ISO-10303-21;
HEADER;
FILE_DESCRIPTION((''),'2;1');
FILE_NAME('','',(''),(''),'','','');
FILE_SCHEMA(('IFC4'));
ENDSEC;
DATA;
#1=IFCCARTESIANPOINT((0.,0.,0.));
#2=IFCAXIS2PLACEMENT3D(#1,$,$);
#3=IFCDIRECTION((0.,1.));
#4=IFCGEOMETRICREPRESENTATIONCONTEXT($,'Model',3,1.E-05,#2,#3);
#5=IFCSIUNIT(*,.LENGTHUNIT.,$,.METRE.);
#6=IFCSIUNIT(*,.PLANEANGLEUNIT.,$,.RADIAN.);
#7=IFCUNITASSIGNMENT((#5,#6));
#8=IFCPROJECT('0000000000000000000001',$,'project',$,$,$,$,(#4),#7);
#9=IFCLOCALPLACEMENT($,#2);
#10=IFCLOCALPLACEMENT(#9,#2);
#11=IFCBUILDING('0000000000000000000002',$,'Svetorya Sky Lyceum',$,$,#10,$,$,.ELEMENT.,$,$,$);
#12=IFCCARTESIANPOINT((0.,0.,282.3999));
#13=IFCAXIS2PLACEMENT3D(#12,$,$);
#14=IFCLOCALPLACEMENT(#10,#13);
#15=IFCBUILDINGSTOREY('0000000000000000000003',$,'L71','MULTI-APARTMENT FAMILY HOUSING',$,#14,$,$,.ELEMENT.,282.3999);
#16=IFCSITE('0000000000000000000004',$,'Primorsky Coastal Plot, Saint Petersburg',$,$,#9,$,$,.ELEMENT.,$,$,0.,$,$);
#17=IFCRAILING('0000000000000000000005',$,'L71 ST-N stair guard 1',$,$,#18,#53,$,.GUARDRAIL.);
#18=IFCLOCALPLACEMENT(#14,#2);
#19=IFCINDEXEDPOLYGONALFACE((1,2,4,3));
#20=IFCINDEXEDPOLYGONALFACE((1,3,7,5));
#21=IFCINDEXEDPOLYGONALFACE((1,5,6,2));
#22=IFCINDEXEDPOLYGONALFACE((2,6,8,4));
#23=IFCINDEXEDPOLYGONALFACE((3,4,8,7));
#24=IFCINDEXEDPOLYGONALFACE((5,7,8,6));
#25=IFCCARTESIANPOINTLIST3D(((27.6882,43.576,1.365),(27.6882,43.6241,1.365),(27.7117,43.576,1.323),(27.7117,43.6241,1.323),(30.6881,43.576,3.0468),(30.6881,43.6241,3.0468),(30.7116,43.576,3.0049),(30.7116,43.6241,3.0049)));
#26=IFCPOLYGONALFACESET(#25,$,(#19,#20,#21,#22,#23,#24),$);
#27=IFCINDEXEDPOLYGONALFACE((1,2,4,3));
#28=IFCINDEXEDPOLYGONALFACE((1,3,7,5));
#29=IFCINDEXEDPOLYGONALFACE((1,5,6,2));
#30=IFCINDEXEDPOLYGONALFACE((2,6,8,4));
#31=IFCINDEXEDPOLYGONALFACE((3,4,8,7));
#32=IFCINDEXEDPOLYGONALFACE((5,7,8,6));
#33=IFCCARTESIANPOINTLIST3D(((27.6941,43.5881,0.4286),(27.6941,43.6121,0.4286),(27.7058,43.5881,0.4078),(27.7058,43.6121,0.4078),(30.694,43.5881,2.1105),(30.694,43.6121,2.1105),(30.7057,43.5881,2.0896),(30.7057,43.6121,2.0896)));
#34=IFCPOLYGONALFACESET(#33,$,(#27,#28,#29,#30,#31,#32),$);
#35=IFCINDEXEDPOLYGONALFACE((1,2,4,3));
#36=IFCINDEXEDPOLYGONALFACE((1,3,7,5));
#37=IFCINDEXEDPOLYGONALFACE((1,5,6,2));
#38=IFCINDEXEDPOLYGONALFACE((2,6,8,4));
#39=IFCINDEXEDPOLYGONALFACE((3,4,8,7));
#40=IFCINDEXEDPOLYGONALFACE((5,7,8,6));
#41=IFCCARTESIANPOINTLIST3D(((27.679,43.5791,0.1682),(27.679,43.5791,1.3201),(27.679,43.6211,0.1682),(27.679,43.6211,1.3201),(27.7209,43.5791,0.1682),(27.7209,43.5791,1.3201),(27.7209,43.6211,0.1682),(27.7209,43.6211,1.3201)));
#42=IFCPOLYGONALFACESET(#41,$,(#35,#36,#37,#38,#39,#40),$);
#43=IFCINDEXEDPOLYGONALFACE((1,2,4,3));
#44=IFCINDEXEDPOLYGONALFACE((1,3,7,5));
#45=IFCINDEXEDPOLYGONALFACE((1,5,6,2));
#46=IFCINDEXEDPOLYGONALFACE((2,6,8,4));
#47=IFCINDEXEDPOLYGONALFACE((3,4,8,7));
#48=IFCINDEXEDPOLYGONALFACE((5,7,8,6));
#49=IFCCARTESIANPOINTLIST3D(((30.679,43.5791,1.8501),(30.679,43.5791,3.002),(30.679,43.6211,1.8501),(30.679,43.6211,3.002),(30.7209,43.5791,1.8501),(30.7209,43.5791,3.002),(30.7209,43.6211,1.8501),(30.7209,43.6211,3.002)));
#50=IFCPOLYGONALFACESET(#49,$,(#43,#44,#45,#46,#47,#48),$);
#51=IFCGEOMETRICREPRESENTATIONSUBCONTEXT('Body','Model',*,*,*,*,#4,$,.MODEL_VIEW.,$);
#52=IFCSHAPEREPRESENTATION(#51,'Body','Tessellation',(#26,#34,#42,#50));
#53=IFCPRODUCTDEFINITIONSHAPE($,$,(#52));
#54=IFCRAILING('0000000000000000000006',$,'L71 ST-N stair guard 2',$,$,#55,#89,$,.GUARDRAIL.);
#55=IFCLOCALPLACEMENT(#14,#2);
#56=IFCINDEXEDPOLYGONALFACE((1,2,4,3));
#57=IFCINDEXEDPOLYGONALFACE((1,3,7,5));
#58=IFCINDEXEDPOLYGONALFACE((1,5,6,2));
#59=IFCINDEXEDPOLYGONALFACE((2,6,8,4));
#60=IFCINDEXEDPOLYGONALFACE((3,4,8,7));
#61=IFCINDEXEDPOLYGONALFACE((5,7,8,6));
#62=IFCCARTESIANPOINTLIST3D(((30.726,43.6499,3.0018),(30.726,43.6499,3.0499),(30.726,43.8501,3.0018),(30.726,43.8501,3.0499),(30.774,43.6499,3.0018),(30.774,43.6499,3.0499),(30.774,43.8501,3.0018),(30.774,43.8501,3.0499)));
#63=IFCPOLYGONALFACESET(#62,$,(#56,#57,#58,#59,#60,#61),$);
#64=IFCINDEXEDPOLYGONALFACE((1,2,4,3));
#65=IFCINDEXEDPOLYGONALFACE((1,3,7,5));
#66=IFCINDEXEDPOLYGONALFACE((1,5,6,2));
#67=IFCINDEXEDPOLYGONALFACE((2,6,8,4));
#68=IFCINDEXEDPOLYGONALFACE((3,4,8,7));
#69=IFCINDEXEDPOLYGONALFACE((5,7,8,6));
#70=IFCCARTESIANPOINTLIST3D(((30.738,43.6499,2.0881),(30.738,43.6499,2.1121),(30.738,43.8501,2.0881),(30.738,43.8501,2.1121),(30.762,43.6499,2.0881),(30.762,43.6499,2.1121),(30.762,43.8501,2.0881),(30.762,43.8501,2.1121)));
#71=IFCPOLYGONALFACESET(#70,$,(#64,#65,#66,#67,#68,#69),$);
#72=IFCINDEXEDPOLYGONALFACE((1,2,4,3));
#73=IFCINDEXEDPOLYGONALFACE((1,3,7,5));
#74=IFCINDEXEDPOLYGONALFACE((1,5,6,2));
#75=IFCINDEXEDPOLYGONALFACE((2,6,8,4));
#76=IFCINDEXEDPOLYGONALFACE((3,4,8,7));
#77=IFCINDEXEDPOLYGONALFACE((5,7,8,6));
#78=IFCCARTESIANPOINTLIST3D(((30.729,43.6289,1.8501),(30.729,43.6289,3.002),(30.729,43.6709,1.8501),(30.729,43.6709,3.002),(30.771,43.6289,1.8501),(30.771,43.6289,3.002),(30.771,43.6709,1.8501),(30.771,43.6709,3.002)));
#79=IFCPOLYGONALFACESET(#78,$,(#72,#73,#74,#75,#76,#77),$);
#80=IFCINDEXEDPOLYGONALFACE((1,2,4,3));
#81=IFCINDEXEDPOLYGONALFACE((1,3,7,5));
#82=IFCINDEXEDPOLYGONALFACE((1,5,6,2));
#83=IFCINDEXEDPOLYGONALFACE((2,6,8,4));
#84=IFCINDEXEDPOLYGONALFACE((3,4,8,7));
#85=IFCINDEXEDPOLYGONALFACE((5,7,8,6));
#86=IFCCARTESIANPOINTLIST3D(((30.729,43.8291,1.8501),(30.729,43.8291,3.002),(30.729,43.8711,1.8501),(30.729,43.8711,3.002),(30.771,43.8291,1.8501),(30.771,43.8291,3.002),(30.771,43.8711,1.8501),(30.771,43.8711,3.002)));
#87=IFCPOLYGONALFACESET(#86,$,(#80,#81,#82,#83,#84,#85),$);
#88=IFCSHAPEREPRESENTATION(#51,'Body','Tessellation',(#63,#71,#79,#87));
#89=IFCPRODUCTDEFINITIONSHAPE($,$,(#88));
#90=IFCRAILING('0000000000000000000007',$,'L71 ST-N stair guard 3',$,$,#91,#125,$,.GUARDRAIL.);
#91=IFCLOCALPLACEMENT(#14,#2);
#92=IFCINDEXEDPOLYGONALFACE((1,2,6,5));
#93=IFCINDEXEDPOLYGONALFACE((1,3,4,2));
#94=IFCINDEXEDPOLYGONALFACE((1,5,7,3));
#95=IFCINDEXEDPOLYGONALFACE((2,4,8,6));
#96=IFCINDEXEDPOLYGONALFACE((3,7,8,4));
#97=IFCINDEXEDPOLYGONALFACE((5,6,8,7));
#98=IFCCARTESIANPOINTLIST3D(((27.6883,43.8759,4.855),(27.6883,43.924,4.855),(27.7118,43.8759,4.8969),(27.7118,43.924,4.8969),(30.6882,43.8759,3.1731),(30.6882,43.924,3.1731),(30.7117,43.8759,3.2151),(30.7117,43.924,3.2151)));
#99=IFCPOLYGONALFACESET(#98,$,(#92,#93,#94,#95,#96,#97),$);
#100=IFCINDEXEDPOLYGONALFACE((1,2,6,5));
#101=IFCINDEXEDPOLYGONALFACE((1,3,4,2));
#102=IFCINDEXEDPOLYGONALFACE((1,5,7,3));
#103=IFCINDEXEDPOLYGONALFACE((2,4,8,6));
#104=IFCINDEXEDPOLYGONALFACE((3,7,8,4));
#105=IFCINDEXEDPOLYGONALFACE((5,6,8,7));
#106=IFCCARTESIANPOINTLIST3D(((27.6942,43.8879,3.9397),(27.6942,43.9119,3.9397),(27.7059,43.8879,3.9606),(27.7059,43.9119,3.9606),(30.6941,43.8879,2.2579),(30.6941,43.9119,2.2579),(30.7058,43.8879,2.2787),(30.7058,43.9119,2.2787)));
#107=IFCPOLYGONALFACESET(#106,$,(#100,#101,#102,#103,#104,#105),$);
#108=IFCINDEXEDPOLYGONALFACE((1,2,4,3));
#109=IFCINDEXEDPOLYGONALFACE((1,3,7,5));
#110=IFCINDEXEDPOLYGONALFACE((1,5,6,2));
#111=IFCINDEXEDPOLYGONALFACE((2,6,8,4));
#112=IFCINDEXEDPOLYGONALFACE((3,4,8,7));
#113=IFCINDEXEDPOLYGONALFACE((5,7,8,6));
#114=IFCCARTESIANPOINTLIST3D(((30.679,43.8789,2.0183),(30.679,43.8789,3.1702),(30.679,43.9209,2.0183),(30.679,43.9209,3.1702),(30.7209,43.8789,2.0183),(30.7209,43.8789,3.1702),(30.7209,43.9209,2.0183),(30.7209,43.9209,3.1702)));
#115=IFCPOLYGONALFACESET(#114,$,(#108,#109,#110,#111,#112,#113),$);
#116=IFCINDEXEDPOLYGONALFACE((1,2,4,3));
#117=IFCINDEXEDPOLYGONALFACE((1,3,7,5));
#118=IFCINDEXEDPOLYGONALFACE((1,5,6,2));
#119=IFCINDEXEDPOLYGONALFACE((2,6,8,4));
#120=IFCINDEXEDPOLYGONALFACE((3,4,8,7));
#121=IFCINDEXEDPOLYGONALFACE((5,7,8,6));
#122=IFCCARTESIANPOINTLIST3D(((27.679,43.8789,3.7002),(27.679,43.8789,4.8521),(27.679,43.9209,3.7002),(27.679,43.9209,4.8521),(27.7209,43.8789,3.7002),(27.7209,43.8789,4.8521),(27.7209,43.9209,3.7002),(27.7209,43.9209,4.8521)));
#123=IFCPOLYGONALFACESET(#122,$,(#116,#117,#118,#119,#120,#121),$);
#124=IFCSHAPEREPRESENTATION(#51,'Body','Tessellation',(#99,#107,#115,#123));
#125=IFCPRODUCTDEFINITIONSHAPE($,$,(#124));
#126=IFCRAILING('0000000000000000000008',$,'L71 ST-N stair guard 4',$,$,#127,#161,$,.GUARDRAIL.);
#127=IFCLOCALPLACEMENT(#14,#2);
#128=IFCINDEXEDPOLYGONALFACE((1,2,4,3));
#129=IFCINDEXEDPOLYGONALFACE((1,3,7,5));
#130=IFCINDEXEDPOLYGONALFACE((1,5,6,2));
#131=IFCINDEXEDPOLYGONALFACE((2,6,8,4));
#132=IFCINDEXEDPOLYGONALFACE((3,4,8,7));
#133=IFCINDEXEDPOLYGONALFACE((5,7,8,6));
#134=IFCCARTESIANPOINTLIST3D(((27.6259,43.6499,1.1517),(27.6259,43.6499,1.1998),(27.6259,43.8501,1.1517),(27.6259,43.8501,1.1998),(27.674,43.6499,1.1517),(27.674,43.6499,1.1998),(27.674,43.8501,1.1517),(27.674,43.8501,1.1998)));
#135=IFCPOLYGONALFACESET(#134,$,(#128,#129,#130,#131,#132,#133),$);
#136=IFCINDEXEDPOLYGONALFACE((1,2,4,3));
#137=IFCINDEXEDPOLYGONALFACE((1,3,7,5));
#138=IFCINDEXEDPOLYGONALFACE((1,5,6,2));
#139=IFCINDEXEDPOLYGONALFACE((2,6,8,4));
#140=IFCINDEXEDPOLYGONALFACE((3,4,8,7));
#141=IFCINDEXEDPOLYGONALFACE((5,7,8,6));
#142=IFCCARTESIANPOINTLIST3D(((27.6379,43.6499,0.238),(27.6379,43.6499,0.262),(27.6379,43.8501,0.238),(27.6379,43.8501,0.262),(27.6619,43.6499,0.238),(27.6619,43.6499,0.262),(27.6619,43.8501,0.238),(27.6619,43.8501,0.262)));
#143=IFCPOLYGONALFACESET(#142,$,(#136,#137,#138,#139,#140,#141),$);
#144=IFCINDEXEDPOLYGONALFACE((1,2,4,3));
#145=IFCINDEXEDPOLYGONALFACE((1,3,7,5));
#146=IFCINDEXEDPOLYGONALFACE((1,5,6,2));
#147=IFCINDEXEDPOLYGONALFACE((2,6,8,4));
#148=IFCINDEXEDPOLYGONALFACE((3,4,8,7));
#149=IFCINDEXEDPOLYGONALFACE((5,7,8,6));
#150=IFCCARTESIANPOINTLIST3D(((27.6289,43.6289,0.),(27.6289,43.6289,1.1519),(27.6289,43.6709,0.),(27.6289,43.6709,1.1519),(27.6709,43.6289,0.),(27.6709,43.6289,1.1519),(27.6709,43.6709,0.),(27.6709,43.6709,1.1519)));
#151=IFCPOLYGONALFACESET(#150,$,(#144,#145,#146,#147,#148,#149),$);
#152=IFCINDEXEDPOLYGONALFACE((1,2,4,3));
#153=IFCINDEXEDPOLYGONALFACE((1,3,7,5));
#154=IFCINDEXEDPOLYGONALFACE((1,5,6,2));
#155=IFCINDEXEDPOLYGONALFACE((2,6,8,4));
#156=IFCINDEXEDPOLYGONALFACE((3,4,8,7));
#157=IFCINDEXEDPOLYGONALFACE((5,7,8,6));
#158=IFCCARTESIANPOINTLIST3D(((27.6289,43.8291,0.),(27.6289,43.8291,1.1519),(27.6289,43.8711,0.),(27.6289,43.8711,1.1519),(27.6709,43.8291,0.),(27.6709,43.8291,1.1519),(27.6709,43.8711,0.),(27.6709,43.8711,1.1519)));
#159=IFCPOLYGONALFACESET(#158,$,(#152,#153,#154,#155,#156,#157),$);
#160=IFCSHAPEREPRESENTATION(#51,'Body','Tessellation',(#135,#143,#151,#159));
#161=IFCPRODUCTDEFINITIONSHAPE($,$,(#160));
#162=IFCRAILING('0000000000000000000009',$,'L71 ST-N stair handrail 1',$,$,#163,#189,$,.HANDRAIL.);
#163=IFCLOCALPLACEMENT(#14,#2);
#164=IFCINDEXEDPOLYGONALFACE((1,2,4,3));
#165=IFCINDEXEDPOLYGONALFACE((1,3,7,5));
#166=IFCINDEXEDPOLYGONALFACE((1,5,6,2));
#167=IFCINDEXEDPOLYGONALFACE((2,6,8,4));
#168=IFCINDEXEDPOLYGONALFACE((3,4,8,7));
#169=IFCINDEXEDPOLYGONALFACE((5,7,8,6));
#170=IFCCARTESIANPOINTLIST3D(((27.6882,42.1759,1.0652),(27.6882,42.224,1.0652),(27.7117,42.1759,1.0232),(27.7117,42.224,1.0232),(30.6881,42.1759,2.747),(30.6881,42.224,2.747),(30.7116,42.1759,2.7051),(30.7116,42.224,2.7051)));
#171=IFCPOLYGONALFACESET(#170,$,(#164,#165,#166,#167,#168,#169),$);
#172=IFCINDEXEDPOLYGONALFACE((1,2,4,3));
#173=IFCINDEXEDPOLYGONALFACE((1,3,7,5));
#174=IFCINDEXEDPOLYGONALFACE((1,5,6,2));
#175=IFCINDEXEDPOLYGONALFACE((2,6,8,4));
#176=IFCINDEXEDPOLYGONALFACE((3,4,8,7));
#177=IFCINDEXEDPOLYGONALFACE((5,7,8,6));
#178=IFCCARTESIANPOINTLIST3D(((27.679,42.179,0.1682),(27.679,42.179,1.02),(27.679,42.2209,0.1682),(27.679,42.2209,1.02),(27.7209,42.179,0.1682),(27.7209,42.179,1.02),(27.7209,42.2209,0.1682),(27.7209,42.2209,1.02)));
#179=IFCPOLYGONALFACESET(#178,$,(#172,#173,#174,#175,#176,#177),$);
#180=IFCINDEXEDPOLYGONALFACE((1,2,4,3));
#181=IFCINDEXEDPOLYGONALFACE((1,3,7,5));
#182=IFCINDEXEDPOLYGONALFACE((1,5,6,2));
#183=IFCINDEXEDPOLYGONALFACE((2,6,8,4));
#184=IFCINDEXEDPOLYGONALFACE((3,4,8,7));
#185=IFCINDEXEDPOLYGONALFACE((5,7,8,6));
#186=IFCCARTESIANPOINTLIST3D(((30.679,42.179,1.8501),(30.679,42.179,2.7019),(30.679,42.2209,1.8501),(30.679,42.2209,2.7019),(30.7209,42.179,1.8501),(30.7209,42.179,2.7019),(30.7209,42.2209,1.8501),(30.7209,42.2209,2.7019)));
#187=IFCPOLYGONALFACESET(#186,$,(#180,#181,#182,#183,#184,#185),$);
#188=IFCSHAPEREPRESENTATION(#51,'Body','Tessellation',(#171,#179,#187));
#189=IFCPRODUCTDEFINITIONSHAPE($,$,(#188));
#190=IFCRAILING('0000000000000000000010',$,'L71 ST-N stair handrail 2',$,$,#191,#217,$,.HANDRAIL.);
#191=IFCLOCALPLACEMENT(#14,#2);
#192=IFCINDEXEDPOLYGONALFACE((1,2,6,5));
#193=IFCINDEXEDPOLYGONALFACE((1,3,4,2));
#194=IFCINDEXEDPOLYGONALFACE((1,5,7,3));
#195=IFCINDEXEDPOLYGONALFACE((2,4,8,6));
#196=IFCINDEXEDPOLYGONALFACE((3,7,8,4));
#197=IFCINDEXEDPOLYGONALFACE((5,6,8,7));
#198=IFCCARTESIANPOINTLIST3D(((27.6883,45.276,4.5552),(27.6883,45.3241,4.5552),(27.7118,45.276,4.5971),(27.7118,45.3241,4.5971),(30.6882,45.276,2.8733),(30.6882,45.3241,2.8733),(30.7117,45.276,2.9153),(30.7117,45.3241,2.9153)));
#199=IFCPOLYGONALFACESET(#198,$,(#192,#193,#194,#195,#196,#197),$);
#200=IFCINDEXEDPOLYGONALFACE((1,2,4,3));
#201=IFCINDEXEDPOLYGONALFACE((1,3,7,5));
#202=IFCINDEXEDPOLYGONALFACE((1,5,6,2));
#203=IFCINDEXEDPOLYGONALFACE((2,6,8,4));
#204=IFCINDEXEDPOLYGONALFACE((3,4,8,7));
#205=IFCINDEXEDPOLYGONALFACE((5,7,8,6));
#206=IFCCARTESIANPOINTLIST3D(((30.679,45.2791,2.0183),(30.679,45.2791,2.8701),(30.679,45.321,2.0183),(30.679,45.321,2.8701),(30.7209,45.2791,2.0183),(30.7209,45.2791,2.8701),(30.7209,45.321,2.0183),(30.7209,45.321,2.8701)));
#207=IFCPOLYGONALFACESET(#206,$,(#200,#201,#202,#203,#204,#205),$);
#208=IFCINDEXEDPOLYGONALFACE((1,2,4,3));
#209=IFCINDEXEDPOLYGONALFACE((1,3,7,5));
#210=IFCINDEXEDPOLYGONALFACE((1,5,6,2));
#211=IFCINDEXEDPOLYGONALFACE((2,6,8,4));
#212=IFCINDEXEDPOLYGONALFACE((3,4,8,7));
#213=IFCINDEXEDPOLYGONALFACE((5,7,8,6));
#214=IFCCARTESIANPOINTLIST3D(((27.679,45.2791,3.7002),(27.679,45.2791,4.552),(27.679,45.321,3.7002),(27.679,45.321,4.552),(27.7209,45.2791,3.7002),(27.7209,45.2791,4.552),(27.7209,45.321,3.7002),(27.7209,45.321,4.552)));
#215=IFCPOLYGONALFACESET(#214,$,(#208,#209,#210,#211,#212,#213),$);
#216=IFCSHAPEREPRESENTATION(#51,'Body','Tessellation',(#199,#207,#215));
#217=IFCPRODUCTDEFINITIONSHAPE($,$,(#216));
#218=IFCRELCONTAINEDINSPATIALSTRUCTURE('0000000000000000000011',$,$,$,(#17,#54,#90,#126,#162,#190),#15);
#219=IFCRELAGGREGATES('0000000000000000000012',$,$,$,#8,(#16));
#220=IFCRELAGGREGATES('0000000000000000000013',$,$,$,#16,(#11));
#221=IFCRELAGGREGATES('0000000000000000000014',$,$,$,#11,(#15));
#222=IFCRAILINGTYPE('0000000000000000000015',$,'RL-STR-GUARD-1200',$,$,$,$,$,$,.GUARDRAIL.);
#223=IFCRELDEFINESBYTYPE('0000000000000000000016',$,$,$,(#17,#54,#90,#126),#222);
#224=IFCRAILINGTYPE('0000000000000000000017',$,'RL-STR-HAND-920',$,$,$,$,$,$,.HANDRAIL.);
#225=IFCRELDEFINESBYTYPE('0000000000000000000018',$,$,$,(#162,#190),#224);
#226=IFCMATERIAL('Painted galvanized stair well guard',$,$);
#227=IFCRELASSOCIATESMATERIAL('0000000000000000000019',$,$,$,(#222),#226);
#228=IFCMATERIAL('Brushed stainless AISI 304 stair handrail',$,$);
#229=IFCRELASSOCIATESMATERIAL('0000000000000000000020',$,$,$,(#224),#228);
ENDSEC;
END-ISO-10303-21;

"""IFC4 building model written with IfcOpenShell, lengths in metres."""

from ifc_helpers import new_model, si_unit, direction, frame, origin, origin_2d, place, context, subcontext, project, spatial, rectangle, extrude, material, type_object, element, save


model = new_model("IFC4")

# Units and contexts
model_context = context("Model", 3, precision=1e-05, world=origin(), true_north=direction((0.0, 1.0)))
body_context = subcontext(model_context, "Body", "Model", "MODEL_VIEW")
ifc_project = project(units=[si_unit("LENGTHUNIT", "METRE"), si_unit("PLANEANGLEUNIT", "RADIAN")], contexts=[model_context])

# Site, building, storey
site_placement = place(None, origin())
site = spatial("IfcSite", under=ifc_project, at=site_placement, Name="Primorsky Coastal Plot, Saint Petersburg", CompositionType="ELEMENT", RefElevation=0.0)
building_placement = place(site_placement, origin())
building = spatial("IfcBuilding", under=site, at=building_placement, Name="Svetorya Sky Lyceum", CompositionType="ELEMENT")
storey_placement = place(building_placement, frame((0.0, 0.0, 282.3999)))
storey = spatial("IfcBuildingStorey", under=building, at=storey_placement, Name="L71", Description="MULTI-APARTMENT FAMILY HOUSING", CompositionType="ELEMENT", Elevation=282.3999)

# Railings
ifc_material_1 = material(Name="Painted galvanized stair well guard")
railing_type_1 = type_object("IfcRailingType", Name="RL-STR-GUARD-1200", PredefinedType="GUARDRAIL", material=ifc_material_1)
railing_1_placement = place(storey_placement, frame((27.7, 43.6001, 0.1682)))
element("IfcRailing", 1, at=railing_1_placement, inside=storey, type_object=railing_type_1, Name="L71 ST-N stair guard 1", PredefinedType="GUARDRAIL", context=body_context, shape_type="SweptSolid", body=[
    extrude(rectangle(XDim=0.0481, YDim=0.0481, at=origin_2d()), frame((0.0, 0.0, 1.1758), z_axis=(0.872272, 0.0, 0.48902), x_axis=(0.0, 1.0, 0.0)), (0.0, 0.0, 1.0), 3.4392),
    extrude(rectangle(XDim=0.0239, YDim=0.0239, at=origin_2d()), frame((0.0, 0.0, 0.25), z_axis=(0.872272, 0.0, 0.48902), x_axis=(0.0, 1.0, 0.0)), (0.0, 0.0, 1.0), 3.4392),
    extrude(rectangle(XDim=0.042, YDim=0.042, at=origin_2d()), origin(), (0.0, 0.0, 1.0), 1.1519),
    extrude(rectangle(XDim=0.042, YDim=0.042, at=origin_2d()), frame((3.0, 0.0, 1.6819)), (0.0, 0.0, 1.0), 1.1519),
])
railing_2_placement = place(storey_placement, frame((30.75, 43.6499, 1.8501)))
element("IfcRailing", 2, at=railing_2_placement, inside=storey, type_object=railing_type_1, Name="L71 ST-N stair guard 2", PredefinedType="GUARDRAIL", context=body_context, shape_type="SweptSolid", body=[
    extrude(rectangle(XDim=0.0481, YDim=0.0481, at=origin_2d()), frame((0.0, 0.0, 1.1758), z_axis=(0.0, 1.0, 0.0), x_axis=(-1.0, 0.0, 0.0)), (0.0, 0.0, 1.0), 0.2002),
    extrude(rectangle(XDim=0.0239, YDim=0.0239, at=origin_2d()), frame((0.0, 0.0, 0.25), z_axis=(0.0, 1.0, 0.0), x_axis=(-1.0, 0.0, 0.0)), (0.0, 0.0, 1.0), 0.2002),
    extrude(rectangle(XDim=0.042, YDim=0.042, at=origin_2d()), origin(), (0.0, 0.0, 1.0), 1.1519),
    extrude(rectangle(XDim=0.042, YDim=0.042, at=origin_2d()), frame((0.0, 0.2002, 0.0)), (0.0, 0.0, 1.0), 1.1519),
])
railing_3_placement = place(storey_placement, frame((30.7, 43.8999, 2.0183)))
element("IfcRailing", 3, at=railing_3_placement, inside=storey, type_object=railing_type_1, Name="L71 ST-N stair guard 3", PredefinedType="GUARDRAIL", context=body_context, shape_type="SweptSolid", body=[
    extrude(rectangle(XDim=0.0481, YDim=0.0481, at=origin_2d()), frame((0.0, 0.0, 1.1758), z_axis=(-0.872272, 0.0, 0.48902), x_axis=(0.0, -1.0, 0.0)), (0.0, 0.0, 1.0), 3.4392),
    extrude(rectangle(XDim=0.0239, YDim=0.0239, at=origin_2d()), frame((0.0, 0.0, 0.25), z_axis=(-0.872272, 0.0, 0.48902), x_axis=(0.0, -1.0, 0.0)), (0.0, 0.0, 1.0), 3.4392),
    extrude(rectangle(XDim=0.042, YDim=0.042, at=origin_2d()), origin(), (0.0, 0.0, 1.0), 1.1519),
    extrude(rectangle(XDim=0.042, YDim=0.042, at=origin_2d()), frame((-3.0, 0.0, 1.6819)), (0.0, 0.0, 1.0), 1.1519),
])
railing_4_placement = place(storey_placement, frame((27.6499, 43.6499, 0.0)))
element("IfcRailing", 4, at=railing_4_placement, inside=storey, type_object=railing_type_1, Name="L71 ST-N stair guard 4", PredefinedType="GUARDRAIL", context=body_context, shape_type="SweptSolid", body=[
    extrude(rectangle(XDim=0.0481, YDim=0.0481, at=origin_2d()), frame((0.0, 0.0, 1.1758), z_axis=(0.0, 1.0, 0.0), x_axis=(-1.0, 0.0, 0.0)), (0.0, 0.0, 1.0), 0.2002),
    extrude(rectangle(XDim=0.0239, YDim=0.0239, at=origin_2d()), frame((0.0, 0.0, 0.25), z_axis=(0.0, 1.0, 0.0), x_axis=(-1.0, 0.0, 0.0)), (0.0, 0.0, 1.0), 0.2002),
    extrude(rectangle(XDim=0.042, YDim=0.042, at=origin_2d()), origin(), (0.0, 0.0, 1.0), 1.1519),
    extrude(rectangle(XDim=0.042, YDim=0.042, at=origin_2d()), frame((0.0, 0.2002, 0.0)), (0.0, 0.0, 1.0), 1.1519),
])
ifc_material_2 = material(Name="Brushed stainless AISI 304 stair handrail")
railing_type_2 = type_object("IfcRailingType", Name="RL-STR-HAND-920", PredefinedType="HANDRAIL", material=ifc_material_2)
railing_5_placement = place(storey_placement, frame((27.7, 42.2, 0.1682)))
element("IfcRailing", 5, at=railing_5_placement, inside=storey, type_object=railing_type_2, Name="L71 ST-N stair handrail 1", PredefinedType="HANDRAIL", context=body_context, shape_type="SweptSolid", body=[
    extrude(rectangle(XDim=0.0481, YDim=0.0481, at=origin_2d()), frame((0.0, 0.0, 0.876), z_axis=(0.872272, 0.0, 0.48902), x_axis=(0.0, 1.0, 0.0)), (0.0, 0.0, 1.0), 3.4392),
    extrude(rectangle(XDim=0.042, YDim=0.042, at=origin_2d()), origin(), (0.0, 0.0, 1.0), 0.8518),
    extrude(rectangle(XDim=0.042, YDim=0.042, at=origin_2d()), frame((3.0, 0.0, 1.6819)), (0.0, 0.0, 1.0), 0.8518),
])
railing_6_placement = place(storey_placement, frame((30.7, 45.3, 2.0183)))
element("IfcRailing", 6, at=railing_6_placement, inside=storey, type_object=railing_type_2, Name="L71 ST-N stair handrail 2", PredefinedType="HANDRAIL", context=body_context, shape_type="SweptSolid", body=[
    extrude(rectangle(XDim=0.0481, YDim=0.0481, at=origin_2d()), frame((0.0, 0.0, 0.876), z_axis=(-0.872272, 0.0, 0.48902), x_axis=(0.0, -1.0, 0.0)), (0.0, 0.0, 1.0), 3.4392),
    extrude(rectangle(XDim=0.042, YDim=0.042, at=origin_2d()), origin(), (0.0, 0.0, 1.0), 0.8518),
    extrude(rectangle(XDim=0.042, YDim=0.042, at=origin_2d()), frame((-3.0, 0.0, 1.6819)), (0.0, 0.0, 1.0), 0.8518),
])

save(model, "model.ifc")
